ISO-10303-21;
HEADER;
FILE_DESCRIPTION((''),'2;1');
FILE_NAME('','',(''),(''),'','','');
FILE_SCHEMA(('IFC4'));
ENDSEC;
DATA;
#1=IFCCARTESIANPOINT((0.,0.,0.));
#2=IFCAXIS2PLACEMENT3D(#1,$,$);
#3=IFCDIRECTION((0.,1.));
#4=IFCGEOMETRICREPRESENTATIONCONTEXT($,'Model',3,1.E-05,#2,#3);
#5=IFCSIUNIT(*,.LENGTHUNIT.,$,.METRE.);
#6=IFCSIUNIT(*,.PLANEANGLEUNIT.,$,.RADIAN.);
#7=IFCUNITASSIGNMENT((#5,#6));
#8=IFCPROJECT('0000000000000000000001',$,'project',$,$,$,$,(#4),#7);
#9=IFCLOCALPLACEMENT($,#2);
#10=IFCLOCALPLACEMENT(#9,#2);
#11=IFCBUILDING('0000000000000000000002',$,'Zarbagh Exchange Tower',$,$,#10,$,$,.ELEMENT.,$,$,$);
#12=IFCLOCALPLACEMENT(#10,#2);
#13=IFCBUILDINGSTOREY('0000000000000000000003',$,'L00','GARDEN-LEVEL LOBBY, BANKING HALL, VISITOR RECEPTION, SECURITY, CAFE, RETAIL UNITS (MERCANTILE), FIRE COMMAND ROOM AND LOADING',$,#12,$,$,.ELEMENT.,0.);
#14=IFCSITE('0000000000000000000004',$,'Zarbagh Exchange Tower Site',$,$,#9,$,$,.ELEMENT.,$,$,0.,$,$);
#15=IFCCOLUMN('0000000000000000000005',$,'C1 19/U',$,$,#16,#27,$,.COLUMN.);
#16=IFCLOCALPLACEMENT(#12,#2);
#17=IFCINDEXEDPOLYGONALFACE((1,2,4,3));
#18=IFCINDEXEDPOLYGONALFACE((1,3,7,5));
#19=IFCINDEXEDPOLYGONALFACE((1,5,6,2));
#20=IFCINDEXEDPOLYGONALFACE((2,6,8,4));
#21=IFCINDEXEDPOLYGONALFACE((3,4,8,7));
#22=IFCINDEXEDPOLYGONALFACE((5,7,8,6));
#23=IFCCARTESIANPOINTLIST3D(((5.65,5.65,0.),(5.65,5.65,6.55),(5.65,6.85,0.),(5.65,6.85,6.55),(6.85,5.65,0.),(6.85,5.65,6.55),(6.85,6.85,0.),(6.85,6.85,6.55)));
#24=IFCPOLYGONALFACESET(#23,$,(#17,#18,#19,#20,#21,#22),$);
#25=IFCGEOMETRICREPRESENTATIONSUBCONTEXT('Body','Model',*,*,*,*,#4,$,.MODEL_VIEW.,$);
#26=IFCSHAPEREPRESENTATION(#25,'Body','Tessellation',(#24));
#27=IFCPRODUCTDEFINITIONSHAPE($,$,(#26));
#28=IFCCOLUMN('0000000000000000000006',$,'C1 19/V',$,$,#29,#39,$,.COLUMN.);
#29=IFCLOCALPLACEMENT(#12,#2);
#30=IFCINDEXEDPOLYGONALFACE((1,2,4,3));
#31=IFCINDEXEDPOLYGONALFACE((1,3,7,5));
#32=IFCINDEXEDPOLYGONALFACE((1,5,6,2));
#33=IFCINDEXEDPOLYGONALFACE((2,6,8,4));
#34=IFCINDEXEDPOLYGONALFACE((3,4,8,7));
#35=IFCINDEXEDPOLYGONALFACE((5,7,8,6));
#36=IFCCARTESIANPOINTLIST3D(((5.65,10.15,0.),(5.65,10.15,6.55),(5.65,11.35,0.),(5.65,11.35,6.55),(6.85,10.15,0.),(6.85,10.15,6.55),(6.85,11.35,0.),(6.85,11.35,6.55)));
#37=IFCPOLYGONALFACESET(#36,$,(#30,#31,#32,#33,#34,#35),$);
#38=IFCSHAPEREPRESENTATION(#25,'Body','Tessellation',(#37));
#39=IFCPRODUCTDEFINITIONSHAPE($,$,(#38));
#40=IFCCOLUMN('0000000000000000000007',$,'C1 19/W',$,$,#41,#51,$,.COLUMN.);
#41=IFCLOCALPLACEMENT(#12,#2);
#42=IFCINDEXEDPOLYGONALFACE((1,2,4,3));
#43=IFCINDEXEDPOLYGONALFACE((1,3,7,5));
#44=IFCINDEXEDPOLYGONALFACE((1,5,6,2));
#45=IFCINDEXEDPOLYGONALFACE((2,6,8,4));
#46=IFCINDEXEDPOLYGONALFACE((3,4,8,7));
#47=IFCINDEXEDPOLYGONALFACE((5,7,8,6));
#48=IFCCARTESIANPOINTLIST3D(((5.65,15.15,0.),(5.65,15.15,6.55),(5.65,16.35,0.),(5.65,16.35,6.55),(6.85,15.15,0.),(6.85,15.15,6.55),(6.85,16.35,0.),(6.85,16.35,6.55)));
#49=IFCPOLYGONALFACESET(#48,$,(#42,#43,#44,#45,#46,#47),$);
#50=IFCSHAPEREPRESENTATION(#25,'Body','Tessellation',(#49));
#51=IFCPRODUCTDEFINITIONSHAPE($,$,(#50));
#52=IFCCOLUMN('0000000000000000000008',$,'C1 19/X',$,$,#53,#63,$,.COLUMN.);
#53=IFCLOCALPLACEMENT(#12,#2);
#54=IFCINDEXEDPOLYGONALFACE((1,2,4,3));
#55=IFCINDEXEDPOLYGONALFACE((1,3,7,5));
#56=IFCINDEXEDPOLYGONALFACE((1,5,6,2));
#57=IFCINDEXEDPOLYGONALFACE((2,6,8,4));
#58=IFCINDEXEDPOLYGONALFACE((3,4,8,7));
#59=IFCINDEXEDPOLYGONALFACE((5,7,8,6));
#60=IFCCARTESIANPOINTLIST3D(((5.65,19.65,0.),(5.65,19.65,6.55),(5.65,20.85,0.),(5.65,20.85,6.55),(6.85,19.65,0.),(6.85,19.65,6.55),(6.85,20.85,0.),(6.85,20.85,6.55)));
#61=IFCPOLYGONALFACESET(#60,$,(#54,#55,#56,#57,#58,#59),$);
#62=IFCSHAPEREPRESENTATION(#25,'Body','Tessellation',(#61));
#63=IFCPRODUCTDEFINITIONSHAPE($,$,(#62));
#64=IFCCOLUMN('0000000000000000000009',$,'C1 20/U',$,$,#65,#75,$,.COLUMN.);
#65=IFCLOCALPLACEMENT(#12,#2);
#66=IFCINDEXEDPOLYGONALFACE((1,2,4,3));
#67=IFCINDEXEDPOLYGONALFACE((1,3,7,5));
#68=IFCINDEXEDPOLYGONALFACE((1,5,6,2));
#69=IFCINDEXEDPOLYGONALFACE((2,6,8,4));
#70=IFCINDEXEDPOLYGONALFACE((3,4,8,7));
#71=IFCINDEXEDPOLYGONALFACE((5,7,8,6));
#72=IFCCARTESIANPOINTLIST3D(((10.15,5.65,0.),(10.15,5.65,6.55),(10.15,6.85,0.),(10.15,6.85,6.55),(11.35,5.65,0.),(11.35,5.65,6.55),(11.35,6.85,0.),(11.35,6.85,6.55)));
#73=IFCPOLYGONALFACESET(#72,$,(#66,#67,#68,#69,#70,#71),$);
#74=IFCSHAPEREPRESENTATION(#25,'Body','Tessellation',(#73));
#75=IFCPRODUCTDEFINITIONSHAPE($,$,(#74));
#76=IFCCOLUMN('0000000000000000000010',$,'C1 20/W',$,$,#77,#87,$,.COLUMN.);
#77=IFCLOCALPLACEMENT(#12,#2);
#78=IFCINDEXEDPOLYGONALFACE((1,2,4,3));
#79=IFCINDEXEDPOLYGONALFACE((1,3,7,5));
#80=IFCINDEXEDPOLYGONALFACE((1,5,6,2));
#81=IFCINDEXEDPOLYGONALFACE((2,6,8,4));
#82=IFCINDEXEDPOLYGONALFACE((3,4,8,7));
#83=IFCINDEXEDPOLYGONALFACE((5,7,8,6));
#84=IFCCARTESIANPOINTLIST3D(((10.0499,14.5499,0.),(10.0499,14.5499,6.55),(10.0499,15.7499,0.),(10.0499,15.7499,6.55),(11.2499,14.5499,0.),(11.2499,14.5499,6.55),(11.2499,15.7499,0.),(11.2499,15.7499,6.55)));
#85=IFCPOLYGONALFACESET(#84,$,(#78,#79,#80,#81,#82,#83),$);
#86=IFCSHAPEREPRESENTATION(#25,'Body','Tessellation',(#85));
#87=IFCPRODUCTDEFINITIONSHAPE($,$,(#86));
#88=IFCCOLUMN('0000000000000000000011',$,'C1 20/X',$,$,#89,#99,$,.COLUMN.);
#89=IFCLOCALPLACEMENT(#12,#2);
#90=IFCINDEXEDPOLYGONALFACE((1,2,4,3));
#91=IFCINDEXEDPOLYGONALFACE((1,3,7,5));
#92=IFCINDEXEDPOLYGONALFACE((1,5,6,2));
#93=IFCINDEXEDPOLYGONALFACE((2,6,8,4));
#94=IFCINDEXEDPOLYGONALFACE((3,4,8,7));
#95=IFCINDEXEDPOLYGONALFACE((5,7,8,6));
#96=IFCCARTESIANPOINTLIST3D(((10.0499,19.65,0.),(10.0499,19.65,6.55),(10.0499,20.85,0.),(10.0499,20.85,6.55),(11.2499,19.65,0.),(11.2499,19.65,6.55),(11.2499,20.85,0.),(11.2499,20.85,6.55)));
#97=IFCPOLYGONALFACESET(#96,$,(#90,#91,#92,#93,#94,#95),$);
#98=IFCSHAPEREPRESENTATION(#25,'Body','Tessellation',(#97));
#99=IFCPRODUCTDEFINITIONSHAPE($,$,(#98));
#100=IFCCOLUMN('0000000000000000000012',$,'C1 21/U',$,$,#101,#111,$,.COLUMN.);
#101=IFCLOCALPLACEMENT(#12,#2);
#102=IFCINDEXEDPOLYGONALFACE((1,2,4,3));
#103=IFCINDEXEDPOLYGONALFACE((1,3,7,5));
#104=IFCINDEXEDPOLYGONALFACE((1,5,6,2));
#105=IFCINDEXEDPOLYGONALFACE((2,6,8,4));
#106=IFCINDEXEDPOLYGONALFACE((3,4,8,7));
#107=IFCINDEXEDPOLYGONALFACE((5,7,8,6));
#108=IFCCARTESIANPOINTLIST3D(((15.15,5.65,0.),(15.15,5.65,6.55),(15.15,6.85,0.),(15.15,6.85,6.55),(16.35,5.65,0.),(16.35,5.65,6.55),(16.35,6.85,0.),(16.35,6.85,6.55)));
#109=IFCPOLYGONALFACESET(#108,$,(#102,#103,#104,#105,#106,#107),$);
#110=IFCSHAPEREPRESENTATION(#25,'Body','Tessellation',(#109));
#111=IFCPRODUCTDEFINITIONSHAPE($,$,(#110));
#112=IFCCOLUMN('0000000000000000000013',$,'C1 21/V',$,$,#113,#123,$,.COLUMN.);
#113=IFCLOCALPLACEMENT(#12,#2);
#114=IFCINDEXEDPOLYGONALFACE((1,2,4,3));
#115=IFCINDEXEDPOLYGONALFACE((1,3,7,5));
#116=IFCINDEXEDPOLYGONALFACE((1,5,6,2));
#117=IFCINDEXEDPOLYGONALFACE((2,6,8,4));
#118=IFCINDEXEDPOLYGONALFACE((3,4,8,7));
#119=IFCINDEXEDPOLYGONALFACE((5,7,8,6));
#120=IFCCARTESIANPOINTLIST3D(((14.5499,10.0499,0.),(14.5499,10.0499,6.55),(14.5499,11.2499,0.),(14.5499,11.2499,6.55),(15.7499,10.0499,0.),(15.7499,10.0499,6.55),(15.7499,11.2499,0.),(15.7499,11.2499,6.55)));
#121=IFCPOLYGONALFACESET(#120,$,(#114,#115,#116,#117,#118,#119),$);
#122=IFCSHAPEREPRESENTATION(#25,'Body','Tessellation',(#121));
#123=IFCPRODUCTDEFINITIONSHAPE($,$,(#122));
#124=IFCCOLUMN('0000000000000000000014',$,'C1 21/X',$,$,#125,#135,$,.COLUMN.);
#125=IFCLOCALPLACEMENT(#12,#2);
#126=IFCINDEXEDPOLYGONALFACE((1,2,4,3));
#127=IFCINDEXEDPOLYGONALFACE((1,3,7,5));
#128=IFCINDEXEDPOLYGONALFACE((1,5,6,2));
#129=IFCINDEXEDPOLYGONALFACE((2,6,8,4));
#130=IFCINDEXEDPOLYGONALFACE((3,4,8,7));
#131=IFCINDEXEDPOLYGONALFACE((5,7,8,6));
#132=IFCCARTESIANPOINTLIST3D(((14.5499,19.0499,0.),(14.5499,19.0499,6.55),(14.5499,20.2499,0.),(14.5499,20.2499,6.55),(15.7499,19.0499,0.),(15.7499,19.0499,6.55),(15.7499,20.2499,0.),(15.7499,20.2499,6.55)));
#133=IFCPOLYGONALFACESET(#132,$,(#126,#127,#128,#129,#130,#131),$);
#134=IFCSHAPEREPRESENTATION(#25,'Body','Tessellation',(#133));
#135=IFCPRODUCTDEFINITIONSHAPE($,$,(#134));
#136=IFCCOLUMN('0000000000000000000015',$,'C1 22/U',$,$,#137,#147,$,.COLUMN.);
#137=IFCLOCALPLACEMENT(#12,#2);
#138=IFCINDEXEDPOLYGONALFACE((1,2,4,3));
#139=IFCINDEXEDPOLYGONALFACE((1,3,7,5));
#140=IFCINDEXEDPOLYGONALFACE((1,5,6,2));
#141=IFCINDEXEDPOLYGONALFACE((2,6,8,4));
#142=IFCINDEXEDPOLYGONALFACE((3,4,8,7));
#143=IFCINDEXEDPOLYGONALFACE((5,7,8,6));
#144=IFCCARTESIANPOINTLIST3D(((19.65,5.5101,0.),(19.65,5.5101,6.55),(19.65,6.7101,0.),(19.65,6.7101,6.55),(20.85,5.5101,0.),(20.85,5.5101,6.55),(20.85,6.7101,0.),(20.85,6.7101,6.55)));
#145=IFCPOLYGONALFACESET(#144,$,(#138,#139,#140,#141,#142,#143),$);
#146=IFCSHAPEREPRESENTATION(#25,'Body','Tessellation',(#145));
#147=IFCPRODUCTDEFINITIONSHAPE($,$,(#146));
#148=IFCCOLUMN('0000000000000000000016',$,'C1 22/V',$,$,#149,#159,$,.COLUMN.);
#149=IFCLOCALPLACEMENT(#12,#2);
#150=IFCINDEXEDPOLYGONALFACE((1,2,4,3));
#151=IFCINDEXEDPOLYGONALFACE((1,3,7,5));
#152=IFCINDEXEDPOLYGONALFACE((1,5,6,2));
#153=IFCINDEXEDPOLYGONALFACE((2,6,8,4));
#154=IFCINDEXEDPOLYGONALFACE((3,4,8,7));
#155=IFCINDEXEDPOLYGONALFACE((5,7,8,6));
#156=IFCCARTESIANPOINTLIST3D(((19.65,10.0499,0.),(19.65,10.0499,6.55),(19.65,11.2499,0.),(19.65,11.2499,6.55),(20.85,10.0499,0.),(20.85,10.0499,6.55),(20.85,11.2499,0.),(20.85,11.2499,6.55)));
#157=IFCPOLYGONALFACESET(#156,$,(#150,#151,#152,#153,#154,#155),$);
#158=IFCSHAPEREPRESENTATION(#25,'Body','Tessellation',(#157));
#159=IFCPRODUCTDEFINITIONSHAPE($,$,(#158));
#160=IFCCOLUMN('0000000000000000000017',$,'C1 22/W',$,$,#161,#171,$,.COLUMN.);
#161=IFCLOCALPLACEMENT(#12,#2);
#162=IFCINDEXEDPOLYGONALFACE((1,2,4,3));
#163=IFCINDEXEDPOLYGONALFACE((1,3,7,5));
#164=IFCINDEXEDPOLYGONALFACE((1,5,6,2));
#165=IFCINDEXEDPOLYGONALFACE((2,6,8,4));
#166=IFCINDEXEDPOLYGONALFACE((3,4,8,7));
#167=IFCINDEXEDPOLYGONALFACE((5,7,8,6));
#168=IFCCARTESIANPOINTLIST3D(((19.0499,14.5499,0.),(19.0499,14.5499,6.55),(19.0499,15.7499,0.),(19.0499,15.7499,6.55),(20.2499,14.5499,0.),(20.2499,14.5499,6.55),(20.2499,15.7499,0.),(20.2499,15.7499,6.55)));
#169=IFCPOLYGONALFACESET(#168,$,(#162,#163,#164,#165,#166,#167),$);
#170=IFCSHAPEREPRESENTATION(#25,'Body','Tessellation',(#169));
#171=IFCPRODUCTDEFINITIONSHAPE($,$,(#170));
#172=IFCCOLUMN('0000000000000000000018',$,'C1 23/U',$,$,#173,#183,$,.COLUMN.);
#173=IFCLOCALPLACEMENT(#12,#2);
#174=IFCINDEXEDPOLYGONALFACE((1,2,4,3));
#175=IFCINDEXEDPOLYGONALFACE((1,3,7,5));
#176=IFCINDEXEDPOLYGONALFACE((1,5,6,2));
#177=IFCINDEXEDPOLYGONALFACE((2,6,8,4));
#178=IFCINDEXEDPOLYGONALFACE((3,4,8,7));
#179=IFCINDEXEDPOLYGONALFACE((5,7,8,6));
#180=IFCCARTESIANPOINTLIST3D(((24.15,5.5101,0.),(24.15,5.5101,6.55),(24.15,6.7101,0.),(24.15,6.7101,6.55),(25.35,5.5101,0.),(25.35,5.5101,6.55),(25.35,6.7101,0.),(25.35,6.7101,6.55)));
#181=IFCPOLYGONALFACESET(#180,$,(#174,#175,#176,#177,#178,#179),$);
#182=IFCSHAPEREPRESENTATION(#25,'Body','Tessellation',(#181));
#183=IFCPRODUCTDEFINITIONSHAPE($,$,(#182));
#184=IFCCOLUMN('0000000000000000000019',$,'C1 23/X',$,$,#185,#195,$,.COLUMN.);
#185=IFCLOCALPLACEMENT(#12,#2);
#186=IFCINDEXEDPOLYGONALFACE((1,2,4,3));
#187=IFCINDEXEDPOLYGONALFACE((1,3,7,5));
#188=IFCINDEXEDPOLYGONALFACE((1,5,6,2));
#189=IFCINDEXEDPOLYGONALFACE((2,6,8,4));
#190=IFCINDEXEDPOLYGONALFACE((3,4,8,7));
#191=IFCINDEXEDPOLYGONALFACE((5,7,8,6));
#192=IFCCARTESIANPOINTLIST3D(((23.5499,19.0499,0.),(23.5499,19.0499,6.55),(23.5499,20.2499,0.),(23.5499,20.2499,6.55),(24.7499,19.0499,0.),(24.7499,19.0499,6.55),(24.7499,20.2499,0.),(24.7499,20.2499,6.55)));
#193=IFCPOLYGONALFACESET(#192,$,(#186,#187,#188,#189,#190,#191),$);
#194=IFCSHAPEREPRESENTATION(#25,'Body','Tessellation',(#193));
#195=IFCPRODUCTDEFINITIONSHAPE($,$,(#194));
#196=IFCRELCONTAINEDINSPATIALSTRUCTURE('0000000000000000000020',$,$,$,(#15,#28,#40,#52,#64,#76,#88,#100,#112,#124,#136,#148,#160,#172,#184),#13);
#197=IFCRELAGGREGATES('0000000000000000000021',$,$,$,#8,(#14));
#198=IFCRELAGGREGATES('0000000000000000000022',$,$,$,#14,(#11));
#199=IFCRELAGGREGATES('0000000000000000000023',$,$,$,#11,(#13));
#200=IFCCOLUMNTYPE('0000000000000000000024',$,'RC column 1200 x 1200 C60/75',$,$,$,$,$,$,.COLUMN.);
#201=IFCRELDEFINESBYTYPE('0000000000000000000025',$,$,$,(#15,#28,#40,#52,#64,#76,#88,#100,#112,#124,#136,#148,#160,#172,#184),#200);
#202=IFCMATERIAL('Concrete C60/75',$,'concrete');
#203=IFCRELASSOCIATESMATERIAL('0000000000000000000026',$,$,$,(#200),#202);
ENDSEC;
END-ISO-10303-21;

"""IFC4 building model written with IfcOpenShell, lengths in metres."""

from ifc_helpers import new_model, si_unit, direction, frame, origin, origin_2d, place, context, subcontext, project, spatial, rectangle, extrude, material, material_profile, profile_set, type_object, element, save


model = new_model("IFC4")

# Units and contexts
model_context = context("Model", 3, precision=1e-05, world=origin(), true_north=direction((0.0, 1.0)))
body_context = subcontext(model_context, "Body", "Model", "MODEL_VIEW")
ifc_project = project(units=[si_unit("LENGTHUNIT", "METRE"), si_unit("PLANEANGLEUNIT", "RADIAN")], contexts=[model_context])

# Site, building, storey
site_placement = place(None, origin())
site = spatial("IfcSite", under=ifc_project, at=site_placement, Name="Zarbagh Exchange Tower Site", CompositionType="ELEMENT", RefElevation=0.0)
building_placement = place(site_placement, origin())
building = spatial("IfcBuilding", under=site, at=building_placement, Name="Zarbagh Exchange Tower", CompositionType="ELEMENT")
storey_placement = place(building_placement, origin())
storey = spatial("IfcBuildingStorey", under=building, at=storey_placement, Name="L00", Description="GARDEN-LEVEL LOBBY, BANKING HALL, VISITOR RECEPTION, SECURITY, CAFE, RETAIL UNITS (MERCANTILE), FIRE COMMAND ROOM AND LOADING", CompositionType="ELEMENT", Elevation=0.0)

# Columns
ifc_material_1 = material(Name="Concrete C60/75", Category="concrete")
ifc_material_profile = material_profile(ifc_material_1, rectangle(XDim=1.2, YDim=1.2, at=origin_2d()), Name="RC column 1200 x 1200 C60/75")
ifc_profile_set = profile_set([ifc_material_profile], Name="Concrete C60/75")
column_type = type_object("IfcColumnType", Name="RC column 1200 x 1200 C60/75", PredefinedType="COLUMN", material=ifc_profile_set)
for number, where, z_axis, x_axis, name in (
    (1, (6.25, 6.25, 0.0), (0.0, 0.0, 1.0), (1.0, 0.0, 0.0), "C1 19/U"),
    (2, (6.25, 10.75, 0.0), (0.0, 0.0, 1.0), (1.0, 0.0, 0.0), "C1 19/V"),
    (3, (6.25, 15.75, 0.0), (0.0, 0.0, 1.0), (1.0, 0.0, 0.0), "C1 19/W"),
    (4, (6.25, 20.25, 0.0), (0.0, 0.0, 1.0), (1.0, 0.0, 0.0), "C1 19/X"),
    (5, (10.75, 6.25, 0.0), (0.0, 0.0, 1.0), (1.0, 0.0, 0.0), "C1 20/U"),
    (6, (10.6499, 15.1499, 0.0), (0.0, 0.0, 1.0), (1.0, 0.0, 0.0), "C1 20/W"),
    (7, (10.6499, 20.25, 0.0), (0.0, 0.0, 1.0), (1.0, 0.0, 0.0), "C1 20/X"),
    (8, (15.75, 6.25, 0.0), (0.0, 0.0, 1.0), (1.0, 0.0, 0.0), "C1 21/U"),
    (9, (15.1499, 10.6499, 0.0), (0.0, 0.0, 1.0), (1.0, 0.0, 0.0), "C1 21/V"),
    (10, (15.1499, 19.6499, 0.0), (0.0, 0.0, 1.0), (1.0, 0.0, 0.0), "C1 21/X"),
    (11, (20.25, 6.1101, 0.0), (0.0, 0.0, 1.0), (1.0, 0.0, 0.0), "C1 22/U"),
    (12, (20.25, 10.6499, 0.0), (0.0, 0.0, 1.0), (1.0, 0.0, 0.0), "C1 22/V"),
    (13, (19.6499, 15.1499, 0.0), (0.0, 0.0, 1.0), (1.0, 0.0, 0.0), "C1 22/W"),
    (14, (24.75, 6.1101, 0.0), (0.0, 0.0, 1.0), (1.0, 0.0, 0.0), "C1 23/U"),
    (15, (24.1499, 19.6499, 0.0), (0.0, 0.0, 1.0), (1.0, 0.0, 0.0), "C1 23/X"),
):
    element("IfcColumn", number, at=place(storey_placement, frame(where, z_axis=z_axis, x_axis=x_axis)), inside=storey, type_object=column_type, Name=name, PredefinedType="COLUMN", context=body_context, shape_type="SweptSolid", body=[
        extrude(rectangle(XDim=1.2, YDim=1.2, at=origin_2d()), origin(), (0.0, 0.0, 1.0), 6.55),
    ])

save(model, "model.ifc")
